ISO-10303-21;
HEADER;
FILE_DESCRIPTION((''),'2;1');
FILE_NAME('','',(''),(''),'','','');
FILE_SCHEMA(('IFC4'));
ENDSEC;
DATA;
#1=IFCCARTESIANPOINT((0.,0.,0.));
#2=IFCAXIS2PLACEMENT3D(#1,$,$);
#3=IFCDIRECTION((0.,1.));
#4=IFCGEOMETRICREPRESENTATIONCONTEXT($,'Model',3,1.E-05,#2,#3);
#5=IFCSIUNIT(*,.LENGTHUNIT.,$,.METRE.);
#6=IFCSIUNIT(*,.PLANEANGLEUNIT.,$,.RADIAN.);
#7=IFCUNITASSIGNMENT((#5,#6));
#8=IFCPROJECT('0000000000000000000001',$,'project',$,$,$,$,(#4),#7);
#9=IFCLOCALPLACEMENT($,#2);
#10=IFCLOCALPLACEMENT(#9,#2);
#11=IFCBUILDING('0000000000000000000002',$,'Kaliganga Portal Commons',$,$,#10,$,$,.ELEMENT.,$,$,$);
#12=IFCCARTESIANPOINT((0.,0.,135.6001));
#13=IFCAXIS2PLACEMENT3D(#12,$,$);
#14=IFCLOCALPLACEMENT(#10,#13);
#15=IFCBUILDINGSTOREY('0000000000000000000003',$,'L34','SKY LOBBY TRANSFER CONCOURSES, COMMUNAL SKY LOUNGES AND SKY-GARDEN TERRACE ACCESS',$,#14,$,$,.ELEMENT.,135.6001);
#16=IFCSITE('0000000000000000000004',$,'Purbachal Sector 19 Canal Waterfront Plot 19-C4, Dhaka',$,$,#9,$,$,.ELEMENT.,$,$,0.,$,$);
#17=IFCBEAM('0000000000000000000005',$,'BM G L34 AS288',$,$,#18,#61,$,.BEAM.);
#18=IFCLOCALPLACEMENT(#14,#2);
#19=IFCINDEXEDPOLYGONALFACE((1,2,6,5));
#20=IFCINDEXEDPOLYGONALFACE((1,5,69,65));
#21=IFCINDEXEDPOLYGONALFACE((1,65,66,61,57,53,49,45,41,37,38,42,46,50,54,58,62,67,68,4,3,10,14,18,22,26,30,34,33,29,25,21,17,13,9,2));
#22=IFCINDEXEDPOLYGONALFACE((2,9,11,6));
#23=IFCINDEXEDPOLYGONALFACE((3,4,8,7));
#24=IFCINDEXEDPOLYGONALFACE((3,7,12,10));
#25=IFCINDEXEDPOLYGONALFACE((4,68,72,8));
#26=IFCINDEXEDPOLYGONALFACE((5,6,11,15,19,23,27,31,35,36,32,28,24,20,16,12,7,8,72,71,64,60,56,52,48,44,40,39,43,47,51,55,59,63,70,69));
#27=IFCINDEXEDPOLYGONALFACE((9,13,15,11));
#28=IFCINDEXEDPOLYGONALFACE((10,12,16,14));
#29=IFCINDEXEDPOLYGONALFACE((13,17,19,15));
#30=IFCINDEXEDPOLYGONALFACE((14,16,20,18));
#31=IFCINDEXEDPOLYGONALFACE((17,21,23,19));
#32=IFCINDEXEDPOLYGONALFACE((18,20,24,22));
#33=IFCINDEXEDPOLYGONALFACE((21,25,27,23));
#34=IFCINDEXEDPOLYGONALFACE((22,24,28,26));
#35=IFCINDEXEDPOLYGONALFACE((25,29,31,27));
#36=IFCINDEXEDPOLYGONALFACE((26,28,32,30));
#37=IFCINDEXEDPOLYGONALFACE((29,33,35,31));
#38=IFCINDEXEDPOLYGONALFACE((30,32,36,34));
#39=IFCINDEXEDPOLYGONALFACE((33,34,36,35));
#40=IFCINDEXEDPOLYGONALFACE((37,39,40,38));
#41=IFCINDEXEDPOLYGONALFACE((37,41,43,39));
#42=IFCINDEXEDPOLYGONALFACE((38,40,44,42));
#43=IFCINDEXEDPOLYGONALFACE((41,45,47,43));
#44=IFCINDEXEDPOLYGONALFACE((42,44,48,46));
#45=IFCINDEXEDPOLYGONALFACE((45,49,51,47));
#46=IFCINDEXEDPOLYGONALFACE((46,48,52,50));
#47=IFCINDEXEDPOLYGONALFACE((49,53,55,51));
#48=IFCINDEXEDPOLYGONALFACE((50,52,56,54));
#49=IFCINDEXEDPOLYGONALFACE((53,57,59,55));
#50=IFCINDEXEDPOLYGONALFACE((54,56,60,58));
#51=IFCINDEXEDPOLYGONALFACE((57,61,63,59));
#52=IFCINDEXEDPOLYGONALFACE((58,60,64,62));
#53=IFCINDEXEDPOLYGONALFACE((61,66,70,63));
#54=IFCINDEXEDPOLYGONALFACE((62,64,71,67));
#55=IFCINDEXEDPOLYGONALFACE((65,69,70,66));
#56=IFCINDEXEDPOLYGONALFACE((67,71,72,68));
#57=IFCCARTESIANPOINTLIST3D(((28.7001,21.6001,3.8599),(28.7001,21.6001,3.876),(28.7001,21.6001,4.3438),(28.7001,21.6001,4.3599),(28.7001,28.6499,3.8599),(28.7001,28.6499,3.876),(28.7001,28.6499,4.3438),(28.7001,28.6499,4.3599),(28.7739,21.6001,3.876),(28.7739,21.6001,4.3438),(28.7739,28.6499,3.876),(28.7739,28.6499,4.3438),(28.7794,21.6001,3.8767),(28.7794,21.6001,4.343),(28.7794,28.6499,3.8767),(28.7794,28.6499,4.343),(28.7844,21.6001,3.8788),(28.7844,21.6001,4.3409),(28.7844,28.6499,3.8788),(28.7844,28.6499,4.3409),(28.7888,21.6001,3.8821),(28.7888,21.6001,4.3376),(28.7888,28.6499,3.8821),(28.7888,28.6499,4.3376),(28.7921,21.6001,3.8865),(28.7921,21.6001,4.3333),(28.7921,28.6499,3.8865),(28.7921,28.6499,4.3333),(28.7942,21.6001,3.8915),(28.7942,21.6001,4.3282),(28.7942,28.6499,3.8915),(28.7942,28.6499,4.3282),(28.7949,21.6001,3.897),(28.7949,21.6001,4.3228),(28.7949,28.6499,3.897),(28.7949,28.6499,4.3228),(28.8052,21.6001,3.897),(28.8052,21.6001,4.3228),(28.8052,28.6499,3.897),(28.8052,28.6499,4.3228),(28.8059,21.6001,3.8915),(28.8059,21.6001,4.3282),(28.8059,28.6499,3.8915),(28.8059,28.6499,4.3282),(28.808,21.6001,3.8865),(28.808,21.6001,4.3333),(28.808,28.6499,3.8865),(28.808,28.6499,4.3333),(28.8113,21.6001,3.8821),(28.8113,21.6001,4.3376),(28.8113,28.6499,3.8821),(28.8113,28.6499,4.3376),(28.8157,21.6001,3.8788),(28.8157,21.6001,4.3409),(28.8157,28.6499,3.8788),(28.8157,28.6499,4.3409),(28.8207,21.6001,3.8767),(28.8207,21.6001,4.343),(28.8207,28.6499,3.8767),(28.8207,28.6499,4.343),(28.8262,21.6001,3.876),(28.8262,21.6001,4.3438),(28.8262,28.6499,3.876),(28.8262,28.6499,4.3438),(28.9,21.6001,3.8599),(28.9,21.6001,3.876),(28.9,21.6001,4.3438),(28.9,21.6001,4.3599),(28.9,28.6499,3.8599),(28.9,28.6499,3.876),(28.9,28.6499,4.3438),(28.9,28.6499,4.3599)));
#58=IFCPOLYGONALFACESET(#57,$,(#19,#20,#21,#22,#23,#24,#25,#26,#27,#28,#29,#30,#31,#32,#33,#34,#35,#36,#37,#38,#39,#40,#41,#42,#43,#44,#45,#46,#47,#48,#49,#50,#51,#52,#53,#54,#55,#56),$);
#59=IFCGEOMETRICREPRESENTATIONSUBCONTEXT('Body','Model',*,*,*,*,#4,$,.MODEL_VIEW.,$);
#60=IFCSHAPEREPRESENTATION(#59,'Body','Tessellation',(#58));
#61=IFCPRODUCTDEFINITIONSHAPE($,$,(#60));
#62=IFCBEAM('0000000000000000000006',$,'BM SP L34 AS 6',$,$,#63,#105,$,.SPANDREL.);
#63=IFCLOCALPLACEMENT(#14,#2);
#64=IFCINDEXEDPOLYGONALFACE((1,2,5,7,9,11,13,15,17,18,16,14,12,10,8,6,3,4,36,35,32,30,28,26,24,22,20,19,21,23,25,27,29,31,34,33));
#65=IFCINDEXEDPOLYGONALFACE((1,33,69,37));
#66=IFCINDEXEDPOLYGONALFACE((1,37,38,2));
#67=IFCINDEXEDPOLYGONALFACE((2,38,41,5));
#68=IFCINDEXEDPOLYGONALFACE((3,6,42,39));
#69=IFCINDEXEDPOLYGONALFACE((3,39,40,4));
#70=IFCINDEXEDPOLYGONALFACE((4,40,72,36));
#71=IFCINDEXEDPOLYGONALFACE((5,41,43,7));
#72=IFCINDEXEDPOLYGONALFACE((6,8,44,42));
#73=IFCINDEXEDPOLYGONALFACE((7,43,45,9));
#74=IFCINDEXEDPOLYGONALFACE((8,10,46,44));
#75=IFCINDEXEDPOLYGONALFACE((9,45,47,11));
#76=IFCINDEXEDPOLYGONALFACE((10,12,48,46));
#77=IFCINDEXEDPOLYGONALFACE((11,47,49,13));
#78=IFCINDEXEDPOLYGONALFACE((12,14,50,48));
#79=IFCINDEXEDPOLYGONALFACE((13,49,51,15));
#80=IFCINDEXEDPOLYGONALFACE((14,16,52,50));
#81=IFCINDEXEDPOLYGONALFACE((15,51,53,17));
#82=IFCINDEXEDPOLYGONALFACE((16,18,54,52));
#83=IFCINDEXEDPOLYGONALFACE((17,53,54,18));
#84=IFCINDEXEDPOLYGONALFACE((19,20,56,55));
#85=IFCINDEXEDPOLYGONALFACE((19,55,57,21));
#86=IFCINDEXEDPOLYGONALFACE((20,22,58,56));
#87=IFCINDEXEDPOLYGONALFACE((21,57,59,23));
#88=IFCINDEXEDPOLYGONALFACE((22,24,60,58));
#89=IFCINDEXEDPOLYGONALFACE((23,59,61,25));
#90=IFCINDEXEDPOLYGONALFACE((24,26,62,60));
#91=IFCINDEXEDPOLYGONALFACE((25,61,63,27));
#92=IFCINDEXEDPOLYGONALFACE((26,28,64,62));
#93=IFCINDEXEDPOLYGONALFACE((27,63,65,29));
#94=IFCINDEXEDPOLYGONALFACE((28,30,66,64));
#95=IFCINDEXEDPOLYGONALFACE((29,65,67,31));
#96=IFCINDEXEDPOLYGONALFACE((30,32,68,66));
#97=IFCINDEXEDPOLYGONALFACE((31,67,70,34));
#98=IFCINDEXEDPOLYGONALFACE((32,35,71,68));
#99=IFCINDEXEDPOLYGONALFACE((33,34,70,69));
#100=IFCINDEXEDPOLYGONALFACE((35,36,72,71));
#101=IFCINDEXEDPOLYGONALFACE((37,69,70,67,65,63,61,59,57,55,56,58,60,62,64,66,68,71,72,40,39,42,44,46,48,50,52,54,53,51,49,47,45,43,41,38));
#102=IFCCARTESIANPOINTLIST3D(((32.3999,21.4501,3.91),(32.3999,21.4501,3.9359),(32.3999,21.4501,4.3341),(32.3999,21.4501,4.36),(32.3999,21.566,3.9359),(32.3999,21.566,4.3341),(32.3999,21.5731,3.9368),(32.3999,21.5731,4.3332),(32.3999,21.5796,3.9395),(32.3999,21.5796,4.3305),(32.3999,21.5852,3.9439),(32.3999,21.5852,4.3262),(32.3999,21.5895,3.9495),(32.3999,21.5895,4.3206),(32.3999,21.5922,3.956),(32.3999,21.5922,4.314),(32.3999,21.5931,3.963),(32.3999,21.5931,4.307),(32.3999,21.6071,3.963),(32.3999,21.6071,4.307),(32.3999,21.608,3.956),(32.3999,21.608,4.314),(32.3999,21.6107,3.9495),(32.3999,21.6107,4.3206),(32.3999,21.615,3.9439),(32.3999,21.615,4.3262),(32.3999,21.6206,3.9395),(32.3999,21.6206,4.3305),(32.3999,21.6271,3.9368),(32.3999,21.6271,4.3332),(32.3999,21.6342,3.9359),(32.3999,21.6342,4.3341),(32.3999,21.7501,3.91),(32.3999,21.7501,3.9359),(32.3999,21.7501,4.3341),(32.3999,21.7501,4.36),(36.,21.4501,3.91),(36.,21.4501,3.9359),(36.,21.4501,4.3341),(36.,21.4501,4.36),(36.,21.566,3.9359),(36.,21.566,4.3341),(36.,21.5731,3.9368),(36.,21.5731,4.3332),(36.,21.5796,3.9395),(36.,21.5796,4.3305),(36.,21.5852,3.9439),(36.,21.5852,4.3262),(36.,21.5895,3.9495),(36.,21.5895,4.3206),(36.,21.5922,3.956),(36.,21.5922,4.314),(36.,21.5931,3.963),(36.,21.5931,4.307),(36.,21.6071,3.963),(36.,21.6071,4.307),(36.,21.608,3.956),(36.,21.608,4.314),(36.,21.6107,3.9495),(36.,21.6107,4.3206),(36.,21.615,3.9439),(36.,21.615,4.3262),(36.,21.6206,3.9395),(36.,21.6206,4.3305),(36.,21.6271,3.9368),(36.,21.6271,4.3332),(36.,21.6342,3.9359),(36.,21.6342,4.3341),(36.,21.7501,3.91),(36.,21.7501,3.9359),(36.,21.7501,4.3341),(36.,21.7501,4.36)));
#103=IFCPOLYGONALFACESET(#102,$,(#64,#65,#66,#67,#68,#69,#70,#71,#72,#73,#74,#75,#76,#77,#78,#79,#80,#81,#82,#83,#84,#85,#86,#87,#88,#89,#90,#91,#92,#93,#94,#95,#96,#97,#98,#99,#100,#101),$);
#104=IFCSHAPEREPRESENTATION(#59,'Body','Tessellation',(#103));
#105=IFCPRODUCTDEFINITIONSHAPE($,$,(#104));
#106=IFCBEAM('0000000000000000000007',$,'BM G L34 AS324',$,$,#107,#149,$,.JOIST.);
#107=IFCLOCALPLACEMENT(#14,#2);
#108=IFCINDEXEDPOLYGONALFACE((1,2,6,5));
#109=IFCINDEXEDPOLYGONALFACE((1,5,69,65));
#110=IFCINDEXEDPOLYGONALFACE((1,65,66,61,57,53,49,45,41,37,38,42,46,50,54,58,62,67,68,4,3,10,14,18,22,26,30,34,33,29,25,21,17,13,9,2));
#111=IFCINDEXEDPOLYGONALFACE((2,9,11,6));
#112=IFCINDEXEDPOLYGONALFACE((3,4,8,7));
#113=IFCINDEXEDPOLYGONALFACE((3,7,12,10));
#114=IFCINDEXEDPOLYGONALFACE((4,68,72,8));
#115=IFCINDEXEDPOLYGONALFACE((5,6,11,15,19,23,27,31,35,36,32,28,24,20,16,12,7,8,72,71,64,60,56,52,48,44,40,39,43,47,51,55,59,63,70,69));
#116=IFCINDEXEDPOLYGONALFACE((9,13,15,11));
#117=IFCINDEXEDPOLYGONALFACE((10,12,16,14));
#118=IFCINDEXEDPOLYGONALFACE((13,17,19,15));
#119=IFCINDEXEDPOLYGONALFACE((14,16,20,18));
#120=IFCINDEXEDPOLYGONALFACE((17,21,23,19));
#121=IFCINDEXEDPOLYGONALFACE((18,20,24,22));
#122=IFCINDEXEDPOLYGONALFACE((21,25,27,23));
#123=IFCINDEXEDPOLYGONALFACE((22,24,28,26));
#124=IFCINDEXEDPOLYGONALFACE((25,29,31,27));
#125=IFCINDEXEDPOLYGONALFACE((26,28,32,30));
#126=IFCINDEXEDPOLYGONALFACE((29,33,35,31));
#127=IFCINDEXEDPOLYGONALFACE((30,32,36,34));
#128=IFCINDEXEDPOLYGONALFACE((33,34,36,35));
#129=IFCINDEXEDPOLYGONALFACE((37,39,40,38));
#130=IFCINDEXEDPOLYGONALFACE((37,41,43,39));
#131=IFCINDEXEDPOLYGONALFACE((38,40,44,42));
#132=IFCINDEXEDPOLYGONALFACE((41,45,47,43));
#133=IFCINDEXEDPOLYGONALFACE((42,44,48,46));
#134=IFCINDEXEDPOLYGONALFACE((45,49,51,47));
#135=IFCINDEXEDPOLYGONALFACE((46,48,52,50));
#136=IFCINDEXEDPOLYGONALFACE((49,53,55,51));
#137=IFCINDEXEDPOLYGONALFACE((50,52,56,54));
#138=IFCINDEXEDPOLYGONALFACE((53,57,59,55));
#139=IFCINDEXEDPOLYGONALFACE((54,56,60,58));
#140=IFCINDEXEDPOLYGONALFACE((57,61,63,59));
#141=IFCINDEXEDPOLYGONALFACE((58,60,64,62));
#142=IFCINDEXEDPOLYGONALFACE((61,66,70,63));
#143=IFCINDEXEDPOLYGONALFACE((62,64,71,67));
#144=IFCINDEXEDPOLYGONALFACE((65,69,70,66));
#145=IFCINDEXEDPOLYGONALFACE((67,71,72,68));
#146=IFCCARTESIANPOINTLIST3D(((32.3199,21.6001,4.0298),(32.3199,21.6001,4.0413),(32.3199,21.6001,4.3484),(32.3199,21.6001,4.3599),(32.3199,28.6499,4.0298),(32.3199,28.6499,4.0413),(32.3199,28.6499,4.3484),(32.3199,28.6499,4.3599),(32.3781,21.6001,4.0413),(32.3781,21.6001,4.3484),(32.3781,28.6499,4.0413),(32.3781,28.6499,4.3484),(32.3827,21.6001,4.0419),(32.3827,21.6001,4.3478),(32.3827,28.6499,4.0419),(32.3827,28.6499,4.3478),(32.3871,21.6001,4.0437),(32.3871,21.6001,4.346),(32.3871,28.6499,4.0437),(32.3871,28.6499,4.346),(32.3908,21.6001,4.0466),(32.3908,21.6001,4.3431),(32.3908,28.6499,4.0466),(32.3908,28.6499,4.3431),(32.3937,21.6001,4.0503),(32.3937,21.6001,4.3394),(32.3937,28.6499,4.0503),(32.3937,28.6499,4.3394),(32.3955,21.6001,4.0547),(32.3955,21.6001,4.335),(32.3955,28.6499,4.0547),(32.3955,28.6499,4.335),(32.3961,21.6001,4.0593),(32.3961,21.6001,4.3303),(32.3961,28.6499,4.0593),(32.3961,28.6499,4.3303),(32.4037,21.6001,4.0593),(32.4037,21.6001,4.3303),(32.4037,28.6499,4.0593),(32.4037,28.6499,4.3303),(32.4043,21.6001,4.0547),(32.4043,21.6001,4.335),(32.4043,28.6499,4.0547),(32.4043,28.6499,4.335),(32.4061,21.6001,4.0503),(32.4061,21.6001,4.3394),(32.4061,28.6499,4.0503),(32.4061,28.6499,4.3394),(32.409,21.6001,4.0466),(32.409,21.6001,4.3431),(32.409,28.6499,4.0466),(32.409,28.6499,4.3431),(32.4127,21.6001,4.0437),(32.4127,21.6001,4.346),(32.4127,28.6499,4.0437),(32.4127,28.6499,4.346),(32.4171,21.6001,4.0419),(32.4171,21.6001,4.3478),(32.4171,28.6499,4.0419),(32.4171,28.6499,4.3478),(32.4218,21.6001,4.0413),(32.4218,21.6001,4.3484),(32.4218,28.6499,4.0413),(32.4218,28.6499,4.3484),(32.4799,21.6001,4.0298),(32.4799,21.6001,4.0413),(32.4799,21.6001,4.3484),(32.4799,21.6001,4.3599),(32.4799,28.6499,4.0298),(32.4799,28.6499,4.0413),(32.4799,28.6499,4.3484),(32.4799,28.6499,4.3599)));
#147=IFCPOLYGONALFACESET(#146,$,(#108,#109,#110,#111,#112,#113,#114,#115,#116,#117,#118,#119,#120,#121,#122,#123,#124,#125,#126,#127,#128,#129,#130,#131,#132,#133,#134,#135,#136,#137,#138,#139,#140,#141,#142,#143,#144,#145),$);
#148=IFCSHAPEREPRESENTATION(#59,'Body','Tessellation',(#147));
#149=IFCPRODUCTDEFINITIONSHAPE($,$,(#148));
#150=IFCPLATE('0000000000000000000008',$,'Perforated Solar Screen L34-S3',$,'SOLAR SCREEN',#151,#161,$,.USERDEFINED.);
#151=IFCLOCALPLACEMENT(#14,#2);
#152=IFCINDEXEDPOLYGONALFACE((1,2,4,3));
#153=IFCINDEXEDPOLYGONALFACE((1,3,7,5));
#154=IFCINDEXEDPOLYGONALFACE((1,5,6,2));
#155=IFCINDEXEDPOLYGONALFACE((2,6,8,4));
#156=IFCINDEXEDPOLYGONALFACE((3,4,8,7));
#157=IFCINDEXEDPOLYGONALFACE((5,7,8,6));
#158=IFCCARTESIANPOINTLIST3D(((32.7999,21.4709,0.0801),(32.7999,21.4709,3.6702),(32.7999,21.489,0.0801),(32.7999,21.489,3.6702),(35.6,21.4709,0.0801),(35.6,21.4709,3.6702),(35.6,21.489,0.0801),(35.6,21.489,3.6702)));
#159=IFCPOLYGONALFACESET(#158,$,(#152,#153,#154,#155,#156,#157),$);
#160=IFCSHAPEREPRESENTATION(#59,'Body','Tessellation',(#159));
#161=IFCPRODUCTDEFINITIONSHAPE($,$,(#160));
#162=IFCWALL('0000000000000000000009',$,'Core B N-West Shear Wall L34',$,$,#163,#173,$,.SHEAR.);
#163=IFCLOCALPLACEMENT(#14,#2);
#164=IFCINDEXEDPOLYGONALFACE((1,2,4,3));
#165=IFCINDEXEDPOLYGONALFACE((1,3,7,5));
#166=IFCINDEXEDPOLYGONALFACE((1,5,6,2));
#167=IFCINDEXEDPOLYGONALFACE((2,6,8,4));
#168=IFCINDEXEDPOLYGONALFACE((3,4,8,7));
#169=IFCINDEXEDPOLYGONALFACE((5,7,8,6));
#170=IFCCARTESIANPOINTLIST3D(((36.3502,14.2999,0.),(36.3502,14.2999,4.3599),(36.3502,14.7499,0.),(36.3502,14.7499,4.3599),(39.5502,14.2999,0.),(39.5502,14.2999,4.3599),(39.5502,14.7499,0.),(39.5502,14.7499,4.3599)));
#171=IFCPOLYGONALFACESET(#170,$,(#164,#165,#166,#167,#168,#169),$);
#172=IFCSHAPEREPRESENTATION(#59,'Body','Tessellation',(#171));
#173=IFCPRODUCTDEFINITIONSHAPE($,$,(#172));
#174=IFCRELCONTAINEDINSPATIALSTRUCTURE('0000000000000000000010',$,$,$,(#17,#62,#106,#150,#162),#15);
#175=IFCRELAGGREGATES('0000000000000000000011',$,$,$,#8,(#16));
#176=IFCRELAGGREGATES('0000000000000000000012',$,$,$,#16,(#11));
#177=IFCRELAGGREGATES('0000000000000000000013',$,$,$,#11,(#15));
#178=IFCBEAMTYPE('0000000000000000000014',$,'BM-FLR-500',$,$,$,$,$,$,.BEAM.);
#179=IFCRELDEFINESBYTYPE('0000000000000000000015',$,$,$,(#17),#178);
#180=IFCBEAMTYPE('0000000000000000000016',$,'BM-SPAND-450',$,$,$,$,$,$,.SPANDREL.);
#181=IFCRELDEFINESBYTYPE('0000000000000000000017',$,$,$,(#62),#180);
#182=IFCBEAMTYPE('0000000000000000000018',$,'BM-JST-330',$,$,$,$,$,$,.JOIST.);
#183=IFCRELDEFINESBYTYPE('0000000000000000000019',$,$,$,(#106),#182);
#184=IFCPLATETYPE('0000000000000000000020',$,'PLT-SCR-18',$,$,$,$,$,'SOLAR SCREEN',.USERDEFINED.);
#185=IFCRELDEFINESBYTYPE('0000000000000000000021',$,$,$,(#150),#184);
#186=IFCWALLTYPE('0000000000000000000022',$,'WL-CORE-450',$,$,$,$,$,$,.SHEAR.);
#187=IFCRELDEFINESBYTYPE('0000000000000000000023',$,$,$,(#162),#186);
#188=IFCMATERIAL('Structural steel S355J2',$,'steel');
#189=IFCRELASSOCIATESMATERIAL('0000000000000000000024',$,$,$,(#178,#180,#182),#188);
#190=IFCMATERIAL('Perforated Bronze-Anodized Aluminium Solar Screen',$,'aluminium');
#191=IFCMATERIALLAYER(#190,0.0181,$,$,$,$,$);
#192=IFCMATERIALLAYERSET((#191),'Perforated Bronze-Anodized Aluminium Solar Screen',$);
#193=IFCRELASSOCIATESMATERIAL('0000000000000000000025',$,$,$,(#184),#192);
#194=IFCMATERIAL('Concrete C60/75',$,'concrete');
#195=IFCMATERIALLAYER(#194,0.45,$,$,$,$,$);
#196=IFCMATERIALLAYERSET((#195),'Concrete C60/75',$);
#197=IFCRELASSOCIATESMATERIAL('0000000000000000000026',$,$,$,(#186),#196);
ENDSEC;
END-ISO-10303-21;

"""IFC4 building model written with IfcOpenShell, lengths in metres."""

from ifc_helpers import new_model, si_unit, direction, frame, frame_2d, origin, origin_2d, place, context, subcontext, project, spatial, rectangle, i_section, extrude, source, transform, mapped, material, layer, layer_set, material_profile, profile_set, type_object, element, save


model = new_model("IFC4")

# Units and contexts
model_context = context("Model", 3, precision=1e-05, world=origin(), true_north=direction((0.0, 1.0)))
body_context = subcontext(model_context, "Body", "Model", "MODEL_VIEW")
ifc_project = project(units=[si_unit("LENGTHUNIT", "METRE"), si_unit("PLANEANGLEUNIT", "RADIAN")], contexts=[model_context])

# Site, building, storey
site_placement = place(None, origin())
site = spatial("IfcSite", under=ifc_project, at=site_placement, Name="Purbachal Sector 19 Canal Waterfront Plot 19-C4, Dhaka", CompositionType="ELEMENT", RefElevation=0.0)
building_placement = place(site_placement, origin())
building = spatial("IfcBuilding", under=site, at=building_placement, Name="Kaliganga Portal Commons", CompositionType="ELEMENT")
storey_placement = place(building_placement, frame((0.0, 0.0, 135.6001)))
storey = spatial("IfcBuildingStorey", under=building, at=storey_placement, Name="L34", Description="SKY LOBBY TRANSFER CONCOURSES, COMMUNAL SKY LOUNGES AND SKY-GARDEN TERRACE ACCESS", CompositionType="ELEMENT", Elevation=135.6001)

# Shared definitions
ifc_material_1 = material(Name="Concrete C60/75", Category="concrete")

# Beams
ifc_material_2 = material(Name="Structural steel S355J2", Category="steel")
ifc_material_profile_1 = material_profile(ifc_material_2, i_section(OverallWidth=0.2, OverallDepth=0.5, WebThickness=0.0103, FlangeThickness=0.0161, FilletRadius=0.021, at=origin_2d()), Name="IPE 500")
ifc_profile_set_1 = profile_set([ifc_material_profile_1], Name="Structural steel S355J2 wide-flange")
beam_type_1 = type_object("IfcBeamType", Name="BM-FLR-500", PredefinedType="BEAM", material=ifc_profile_set_1)
shared_shape_1 = source(origin(), body_context, "Body", "SweptSolid", [
    extrude(i_section(OverallWidth=0.2, OverallDepth=0.5, WebThickness=0.0103, FlangeThickness=0.0161, FilletRadius=0.021, at=origin_2d()), origin(), (0.0, 0.0, 1.0), 7.0498),
])
beam_1_placement = place(storey_placement, frame((28.8, 21.6001, 4.1099), z_axis=(0.0, 1.0, 0.0), x_axis=(-1.0, 0.0, 0.0)))
element("IfcBeam", 1, at=beam_1_placement, inside=storey, type_object=beam_type_1, Name="BM G L34 AS288", PredefinedType="BEAM", context=body_context, shape_type="MappedRepresentation", body=[
    mapped(shared_shape_1, transform((0.0, 0.0, 0.0), x_axis=(1.0, 0.0, 0.0), y_axis=(0.0, 1.0, 0.0), z_axis=(0.0, 0.0, 1.0), scale=1.0)),
])
ifc_material_profile_2 = material_profile(ifc_material_2, i_section(OverallWidth=0.3, OverallDepth=0.45, WebThickness=0.0139, FlangeThickness=0.0259, FilletRadius=0.0271, at=origin_2d()), Name="HE 450 B")
ifc_profile_set_2 = profile_set([ifc_material_profile_2], Name="Structural steel S355J2 wide-flange")
beam_type_2 = type_object("IfcBeamType", Name="BM-SPAND-450", PredefinedType="SPANDREL", material=ifc_profile_set_2)
shared_shape_2 = source(origin(), body_context, "Body", "SweptSolid", [
    extrude(i_section(OverallWidth=0.3, OverallDepth=0.45, WebThickness=0.0139, FlangeThickness=0.0259, FilletRadius=0.0271, at=origin_2d()), origin(), (0.0, 0.0, 1.0), 3.6001),
])
beam_2_placement = place(storey_placement, frame((32.3999, 21.6001, 4.135), z_axis=(1.0, 0.0, 0.0), x_axis=(0.0, 1.0, 0.0)))
element("IfcBeam", 2, at=beam_2_placement, inside=storey, type_object=beam_type_2, Name="BM SP L34 AS 6", PredefinedType="SPANDREL", context=body_context, shape_type="MappedRepresentation", body=[
    mapped(shared_shape_2, transform((0.0, 0.0, 0.0), x_axis=(1.0, 0.0, 0.0), y_axis=(0.0, 1.0, 0.0), z_axis=(0.0, 0.0, 1.0), scale=1.0)),
])
ifc_material_profile_3 = material_profile(ifc_material_2, i_section(OverallWidth=0.1599, OverallDepth=0.3301, WebThickness=0.0076, FlangeThickness=0.0115, FilletRadius=0.0181, at=origin_2d()), Name="IPE 330")
ifc_profile_set_3 = profile_set([ifc_material_profile_3], Name="Structural steel S355J2 wide-flange")
beam_type_3 = type_object("IfcBeamType", Name="BM-JST-330", PredefinedType="JOIST", material=ifc_profile_set_3)
shared_shape_3 = source(origin(), body_context, "Body", "SweptSolid", [
    extrude(i_section(OverallWidth=0.1599, OverallDepth=0.3301, WebThickness=0.0076, FlangeThickness=0.0115, FilletRadius=0.0181, at=origin_2d()), origin(), (0.0, 0.0, 1.0), 7.0498),
])
beam_3_placement = place(storey_placement, frame((32.3999, 21.6001, 4.1948), z_axis=(0.0, 1.0, 0.0), x_axis=(-1.0, 0.0, 0.0)))
element("IfcBeam", 3, at=beam_3_placement, inside=storey, type_object=beam_type_3, Name="BM G L34 AS324", PredefinedType="JOIST", context=body_context, shape_type="MappedRepresentation", body=[
    mapped(shared_shape_3, transform((0.0, 0.0, 0.0), x_axis=(1.0, 0.0, 0.0), y_axis=(0.0, 1.0, 0.0), z_axis=(0.0, 0.0, 1.0), scale=1.0)),
])

# Plate
ifc_material_3 = material(Name="Perforated Bronze-Anodized Aluminium Solar Screen", Category="aluminium")
ifc_layer_1 = layer(ifc_material_3, 0.0181)
ifc_layer_set_1 = layer_set([ifc_layer_1], Name="Perforated Bronze-Anodized Aluminium Solar Screen")
plate_type = type_object("IfcPlateType", Name="PLT-SCR-18", ElementType="SOLAR SCREEN", PredefinedType="USERDEFINED", material=ifc_layer_set_1)
shared_shape_4 = source(origin(), body_context, "Body", "SweptSolid", [
    extrude(rectangle(XDim=2.8, YDim=0.0181, at=origin_2d()), origin(), (0.0, 0.0, 1.0), 3.5901),
])
plate_placement = place(storey_placement, frame((34.2, 21.48, 0.0801), z_axis=(0.0, 0.0, 1.0), x_axis=(1.0, 0.0, 0.0)))
element("IfcPlate", 4, at=plate_placement, inside=storey, type_object=plate_type, Name="Perforated Solar Screen L34-S3", ObjectType="SOLAR SCREEN", PredefinedType="USERDEFINED", context=body_context, shape_type="MappedRepresentation", body=[
    mapped(shared_shape_4, transform((0.0, 0.0, 0.0), x_axis=(1.0, 0.0, 0.0), y_axis=(0.0, 1.0, 0.0), z_axis=(0.0, 0.0, 1.0), scale=1.0)),
])

# Wall
ifc_layer_2 = layer(ifc_material_1, 0.45)
ifc_layer_set_2 = layer_set([ifc_layer_2], Name="Concrete C60/75")
wall_type_1 = type_object("IfcWallType", Name="WL-CORE-450", PredefinedType="SHEAR", material=ifc_layer_set_2)
wall_1_placement = place(storey_placement, frame((36.3501, 14.5249, 0.0), z_axis=(0.0, 0.0, 1.0), x_axis=(1.0, 0.0, 0.0)))
element("IfcWall", 5, at=wall_1_placement, inside=storey, type_object=wall_type_1, Name="Core B N-West Shear Wall L34", PredefinedType="SHEAR", context=body_context, shape_type="SweptSolid", body=[
    extrude(rectangle(XDim=3.2, YDim=0.45, at=frame_2d((1.6001, 0.0))), origin(), (0.0, 0.0, 1.0), 4.3599),
])

save(model, "model.ifc")
